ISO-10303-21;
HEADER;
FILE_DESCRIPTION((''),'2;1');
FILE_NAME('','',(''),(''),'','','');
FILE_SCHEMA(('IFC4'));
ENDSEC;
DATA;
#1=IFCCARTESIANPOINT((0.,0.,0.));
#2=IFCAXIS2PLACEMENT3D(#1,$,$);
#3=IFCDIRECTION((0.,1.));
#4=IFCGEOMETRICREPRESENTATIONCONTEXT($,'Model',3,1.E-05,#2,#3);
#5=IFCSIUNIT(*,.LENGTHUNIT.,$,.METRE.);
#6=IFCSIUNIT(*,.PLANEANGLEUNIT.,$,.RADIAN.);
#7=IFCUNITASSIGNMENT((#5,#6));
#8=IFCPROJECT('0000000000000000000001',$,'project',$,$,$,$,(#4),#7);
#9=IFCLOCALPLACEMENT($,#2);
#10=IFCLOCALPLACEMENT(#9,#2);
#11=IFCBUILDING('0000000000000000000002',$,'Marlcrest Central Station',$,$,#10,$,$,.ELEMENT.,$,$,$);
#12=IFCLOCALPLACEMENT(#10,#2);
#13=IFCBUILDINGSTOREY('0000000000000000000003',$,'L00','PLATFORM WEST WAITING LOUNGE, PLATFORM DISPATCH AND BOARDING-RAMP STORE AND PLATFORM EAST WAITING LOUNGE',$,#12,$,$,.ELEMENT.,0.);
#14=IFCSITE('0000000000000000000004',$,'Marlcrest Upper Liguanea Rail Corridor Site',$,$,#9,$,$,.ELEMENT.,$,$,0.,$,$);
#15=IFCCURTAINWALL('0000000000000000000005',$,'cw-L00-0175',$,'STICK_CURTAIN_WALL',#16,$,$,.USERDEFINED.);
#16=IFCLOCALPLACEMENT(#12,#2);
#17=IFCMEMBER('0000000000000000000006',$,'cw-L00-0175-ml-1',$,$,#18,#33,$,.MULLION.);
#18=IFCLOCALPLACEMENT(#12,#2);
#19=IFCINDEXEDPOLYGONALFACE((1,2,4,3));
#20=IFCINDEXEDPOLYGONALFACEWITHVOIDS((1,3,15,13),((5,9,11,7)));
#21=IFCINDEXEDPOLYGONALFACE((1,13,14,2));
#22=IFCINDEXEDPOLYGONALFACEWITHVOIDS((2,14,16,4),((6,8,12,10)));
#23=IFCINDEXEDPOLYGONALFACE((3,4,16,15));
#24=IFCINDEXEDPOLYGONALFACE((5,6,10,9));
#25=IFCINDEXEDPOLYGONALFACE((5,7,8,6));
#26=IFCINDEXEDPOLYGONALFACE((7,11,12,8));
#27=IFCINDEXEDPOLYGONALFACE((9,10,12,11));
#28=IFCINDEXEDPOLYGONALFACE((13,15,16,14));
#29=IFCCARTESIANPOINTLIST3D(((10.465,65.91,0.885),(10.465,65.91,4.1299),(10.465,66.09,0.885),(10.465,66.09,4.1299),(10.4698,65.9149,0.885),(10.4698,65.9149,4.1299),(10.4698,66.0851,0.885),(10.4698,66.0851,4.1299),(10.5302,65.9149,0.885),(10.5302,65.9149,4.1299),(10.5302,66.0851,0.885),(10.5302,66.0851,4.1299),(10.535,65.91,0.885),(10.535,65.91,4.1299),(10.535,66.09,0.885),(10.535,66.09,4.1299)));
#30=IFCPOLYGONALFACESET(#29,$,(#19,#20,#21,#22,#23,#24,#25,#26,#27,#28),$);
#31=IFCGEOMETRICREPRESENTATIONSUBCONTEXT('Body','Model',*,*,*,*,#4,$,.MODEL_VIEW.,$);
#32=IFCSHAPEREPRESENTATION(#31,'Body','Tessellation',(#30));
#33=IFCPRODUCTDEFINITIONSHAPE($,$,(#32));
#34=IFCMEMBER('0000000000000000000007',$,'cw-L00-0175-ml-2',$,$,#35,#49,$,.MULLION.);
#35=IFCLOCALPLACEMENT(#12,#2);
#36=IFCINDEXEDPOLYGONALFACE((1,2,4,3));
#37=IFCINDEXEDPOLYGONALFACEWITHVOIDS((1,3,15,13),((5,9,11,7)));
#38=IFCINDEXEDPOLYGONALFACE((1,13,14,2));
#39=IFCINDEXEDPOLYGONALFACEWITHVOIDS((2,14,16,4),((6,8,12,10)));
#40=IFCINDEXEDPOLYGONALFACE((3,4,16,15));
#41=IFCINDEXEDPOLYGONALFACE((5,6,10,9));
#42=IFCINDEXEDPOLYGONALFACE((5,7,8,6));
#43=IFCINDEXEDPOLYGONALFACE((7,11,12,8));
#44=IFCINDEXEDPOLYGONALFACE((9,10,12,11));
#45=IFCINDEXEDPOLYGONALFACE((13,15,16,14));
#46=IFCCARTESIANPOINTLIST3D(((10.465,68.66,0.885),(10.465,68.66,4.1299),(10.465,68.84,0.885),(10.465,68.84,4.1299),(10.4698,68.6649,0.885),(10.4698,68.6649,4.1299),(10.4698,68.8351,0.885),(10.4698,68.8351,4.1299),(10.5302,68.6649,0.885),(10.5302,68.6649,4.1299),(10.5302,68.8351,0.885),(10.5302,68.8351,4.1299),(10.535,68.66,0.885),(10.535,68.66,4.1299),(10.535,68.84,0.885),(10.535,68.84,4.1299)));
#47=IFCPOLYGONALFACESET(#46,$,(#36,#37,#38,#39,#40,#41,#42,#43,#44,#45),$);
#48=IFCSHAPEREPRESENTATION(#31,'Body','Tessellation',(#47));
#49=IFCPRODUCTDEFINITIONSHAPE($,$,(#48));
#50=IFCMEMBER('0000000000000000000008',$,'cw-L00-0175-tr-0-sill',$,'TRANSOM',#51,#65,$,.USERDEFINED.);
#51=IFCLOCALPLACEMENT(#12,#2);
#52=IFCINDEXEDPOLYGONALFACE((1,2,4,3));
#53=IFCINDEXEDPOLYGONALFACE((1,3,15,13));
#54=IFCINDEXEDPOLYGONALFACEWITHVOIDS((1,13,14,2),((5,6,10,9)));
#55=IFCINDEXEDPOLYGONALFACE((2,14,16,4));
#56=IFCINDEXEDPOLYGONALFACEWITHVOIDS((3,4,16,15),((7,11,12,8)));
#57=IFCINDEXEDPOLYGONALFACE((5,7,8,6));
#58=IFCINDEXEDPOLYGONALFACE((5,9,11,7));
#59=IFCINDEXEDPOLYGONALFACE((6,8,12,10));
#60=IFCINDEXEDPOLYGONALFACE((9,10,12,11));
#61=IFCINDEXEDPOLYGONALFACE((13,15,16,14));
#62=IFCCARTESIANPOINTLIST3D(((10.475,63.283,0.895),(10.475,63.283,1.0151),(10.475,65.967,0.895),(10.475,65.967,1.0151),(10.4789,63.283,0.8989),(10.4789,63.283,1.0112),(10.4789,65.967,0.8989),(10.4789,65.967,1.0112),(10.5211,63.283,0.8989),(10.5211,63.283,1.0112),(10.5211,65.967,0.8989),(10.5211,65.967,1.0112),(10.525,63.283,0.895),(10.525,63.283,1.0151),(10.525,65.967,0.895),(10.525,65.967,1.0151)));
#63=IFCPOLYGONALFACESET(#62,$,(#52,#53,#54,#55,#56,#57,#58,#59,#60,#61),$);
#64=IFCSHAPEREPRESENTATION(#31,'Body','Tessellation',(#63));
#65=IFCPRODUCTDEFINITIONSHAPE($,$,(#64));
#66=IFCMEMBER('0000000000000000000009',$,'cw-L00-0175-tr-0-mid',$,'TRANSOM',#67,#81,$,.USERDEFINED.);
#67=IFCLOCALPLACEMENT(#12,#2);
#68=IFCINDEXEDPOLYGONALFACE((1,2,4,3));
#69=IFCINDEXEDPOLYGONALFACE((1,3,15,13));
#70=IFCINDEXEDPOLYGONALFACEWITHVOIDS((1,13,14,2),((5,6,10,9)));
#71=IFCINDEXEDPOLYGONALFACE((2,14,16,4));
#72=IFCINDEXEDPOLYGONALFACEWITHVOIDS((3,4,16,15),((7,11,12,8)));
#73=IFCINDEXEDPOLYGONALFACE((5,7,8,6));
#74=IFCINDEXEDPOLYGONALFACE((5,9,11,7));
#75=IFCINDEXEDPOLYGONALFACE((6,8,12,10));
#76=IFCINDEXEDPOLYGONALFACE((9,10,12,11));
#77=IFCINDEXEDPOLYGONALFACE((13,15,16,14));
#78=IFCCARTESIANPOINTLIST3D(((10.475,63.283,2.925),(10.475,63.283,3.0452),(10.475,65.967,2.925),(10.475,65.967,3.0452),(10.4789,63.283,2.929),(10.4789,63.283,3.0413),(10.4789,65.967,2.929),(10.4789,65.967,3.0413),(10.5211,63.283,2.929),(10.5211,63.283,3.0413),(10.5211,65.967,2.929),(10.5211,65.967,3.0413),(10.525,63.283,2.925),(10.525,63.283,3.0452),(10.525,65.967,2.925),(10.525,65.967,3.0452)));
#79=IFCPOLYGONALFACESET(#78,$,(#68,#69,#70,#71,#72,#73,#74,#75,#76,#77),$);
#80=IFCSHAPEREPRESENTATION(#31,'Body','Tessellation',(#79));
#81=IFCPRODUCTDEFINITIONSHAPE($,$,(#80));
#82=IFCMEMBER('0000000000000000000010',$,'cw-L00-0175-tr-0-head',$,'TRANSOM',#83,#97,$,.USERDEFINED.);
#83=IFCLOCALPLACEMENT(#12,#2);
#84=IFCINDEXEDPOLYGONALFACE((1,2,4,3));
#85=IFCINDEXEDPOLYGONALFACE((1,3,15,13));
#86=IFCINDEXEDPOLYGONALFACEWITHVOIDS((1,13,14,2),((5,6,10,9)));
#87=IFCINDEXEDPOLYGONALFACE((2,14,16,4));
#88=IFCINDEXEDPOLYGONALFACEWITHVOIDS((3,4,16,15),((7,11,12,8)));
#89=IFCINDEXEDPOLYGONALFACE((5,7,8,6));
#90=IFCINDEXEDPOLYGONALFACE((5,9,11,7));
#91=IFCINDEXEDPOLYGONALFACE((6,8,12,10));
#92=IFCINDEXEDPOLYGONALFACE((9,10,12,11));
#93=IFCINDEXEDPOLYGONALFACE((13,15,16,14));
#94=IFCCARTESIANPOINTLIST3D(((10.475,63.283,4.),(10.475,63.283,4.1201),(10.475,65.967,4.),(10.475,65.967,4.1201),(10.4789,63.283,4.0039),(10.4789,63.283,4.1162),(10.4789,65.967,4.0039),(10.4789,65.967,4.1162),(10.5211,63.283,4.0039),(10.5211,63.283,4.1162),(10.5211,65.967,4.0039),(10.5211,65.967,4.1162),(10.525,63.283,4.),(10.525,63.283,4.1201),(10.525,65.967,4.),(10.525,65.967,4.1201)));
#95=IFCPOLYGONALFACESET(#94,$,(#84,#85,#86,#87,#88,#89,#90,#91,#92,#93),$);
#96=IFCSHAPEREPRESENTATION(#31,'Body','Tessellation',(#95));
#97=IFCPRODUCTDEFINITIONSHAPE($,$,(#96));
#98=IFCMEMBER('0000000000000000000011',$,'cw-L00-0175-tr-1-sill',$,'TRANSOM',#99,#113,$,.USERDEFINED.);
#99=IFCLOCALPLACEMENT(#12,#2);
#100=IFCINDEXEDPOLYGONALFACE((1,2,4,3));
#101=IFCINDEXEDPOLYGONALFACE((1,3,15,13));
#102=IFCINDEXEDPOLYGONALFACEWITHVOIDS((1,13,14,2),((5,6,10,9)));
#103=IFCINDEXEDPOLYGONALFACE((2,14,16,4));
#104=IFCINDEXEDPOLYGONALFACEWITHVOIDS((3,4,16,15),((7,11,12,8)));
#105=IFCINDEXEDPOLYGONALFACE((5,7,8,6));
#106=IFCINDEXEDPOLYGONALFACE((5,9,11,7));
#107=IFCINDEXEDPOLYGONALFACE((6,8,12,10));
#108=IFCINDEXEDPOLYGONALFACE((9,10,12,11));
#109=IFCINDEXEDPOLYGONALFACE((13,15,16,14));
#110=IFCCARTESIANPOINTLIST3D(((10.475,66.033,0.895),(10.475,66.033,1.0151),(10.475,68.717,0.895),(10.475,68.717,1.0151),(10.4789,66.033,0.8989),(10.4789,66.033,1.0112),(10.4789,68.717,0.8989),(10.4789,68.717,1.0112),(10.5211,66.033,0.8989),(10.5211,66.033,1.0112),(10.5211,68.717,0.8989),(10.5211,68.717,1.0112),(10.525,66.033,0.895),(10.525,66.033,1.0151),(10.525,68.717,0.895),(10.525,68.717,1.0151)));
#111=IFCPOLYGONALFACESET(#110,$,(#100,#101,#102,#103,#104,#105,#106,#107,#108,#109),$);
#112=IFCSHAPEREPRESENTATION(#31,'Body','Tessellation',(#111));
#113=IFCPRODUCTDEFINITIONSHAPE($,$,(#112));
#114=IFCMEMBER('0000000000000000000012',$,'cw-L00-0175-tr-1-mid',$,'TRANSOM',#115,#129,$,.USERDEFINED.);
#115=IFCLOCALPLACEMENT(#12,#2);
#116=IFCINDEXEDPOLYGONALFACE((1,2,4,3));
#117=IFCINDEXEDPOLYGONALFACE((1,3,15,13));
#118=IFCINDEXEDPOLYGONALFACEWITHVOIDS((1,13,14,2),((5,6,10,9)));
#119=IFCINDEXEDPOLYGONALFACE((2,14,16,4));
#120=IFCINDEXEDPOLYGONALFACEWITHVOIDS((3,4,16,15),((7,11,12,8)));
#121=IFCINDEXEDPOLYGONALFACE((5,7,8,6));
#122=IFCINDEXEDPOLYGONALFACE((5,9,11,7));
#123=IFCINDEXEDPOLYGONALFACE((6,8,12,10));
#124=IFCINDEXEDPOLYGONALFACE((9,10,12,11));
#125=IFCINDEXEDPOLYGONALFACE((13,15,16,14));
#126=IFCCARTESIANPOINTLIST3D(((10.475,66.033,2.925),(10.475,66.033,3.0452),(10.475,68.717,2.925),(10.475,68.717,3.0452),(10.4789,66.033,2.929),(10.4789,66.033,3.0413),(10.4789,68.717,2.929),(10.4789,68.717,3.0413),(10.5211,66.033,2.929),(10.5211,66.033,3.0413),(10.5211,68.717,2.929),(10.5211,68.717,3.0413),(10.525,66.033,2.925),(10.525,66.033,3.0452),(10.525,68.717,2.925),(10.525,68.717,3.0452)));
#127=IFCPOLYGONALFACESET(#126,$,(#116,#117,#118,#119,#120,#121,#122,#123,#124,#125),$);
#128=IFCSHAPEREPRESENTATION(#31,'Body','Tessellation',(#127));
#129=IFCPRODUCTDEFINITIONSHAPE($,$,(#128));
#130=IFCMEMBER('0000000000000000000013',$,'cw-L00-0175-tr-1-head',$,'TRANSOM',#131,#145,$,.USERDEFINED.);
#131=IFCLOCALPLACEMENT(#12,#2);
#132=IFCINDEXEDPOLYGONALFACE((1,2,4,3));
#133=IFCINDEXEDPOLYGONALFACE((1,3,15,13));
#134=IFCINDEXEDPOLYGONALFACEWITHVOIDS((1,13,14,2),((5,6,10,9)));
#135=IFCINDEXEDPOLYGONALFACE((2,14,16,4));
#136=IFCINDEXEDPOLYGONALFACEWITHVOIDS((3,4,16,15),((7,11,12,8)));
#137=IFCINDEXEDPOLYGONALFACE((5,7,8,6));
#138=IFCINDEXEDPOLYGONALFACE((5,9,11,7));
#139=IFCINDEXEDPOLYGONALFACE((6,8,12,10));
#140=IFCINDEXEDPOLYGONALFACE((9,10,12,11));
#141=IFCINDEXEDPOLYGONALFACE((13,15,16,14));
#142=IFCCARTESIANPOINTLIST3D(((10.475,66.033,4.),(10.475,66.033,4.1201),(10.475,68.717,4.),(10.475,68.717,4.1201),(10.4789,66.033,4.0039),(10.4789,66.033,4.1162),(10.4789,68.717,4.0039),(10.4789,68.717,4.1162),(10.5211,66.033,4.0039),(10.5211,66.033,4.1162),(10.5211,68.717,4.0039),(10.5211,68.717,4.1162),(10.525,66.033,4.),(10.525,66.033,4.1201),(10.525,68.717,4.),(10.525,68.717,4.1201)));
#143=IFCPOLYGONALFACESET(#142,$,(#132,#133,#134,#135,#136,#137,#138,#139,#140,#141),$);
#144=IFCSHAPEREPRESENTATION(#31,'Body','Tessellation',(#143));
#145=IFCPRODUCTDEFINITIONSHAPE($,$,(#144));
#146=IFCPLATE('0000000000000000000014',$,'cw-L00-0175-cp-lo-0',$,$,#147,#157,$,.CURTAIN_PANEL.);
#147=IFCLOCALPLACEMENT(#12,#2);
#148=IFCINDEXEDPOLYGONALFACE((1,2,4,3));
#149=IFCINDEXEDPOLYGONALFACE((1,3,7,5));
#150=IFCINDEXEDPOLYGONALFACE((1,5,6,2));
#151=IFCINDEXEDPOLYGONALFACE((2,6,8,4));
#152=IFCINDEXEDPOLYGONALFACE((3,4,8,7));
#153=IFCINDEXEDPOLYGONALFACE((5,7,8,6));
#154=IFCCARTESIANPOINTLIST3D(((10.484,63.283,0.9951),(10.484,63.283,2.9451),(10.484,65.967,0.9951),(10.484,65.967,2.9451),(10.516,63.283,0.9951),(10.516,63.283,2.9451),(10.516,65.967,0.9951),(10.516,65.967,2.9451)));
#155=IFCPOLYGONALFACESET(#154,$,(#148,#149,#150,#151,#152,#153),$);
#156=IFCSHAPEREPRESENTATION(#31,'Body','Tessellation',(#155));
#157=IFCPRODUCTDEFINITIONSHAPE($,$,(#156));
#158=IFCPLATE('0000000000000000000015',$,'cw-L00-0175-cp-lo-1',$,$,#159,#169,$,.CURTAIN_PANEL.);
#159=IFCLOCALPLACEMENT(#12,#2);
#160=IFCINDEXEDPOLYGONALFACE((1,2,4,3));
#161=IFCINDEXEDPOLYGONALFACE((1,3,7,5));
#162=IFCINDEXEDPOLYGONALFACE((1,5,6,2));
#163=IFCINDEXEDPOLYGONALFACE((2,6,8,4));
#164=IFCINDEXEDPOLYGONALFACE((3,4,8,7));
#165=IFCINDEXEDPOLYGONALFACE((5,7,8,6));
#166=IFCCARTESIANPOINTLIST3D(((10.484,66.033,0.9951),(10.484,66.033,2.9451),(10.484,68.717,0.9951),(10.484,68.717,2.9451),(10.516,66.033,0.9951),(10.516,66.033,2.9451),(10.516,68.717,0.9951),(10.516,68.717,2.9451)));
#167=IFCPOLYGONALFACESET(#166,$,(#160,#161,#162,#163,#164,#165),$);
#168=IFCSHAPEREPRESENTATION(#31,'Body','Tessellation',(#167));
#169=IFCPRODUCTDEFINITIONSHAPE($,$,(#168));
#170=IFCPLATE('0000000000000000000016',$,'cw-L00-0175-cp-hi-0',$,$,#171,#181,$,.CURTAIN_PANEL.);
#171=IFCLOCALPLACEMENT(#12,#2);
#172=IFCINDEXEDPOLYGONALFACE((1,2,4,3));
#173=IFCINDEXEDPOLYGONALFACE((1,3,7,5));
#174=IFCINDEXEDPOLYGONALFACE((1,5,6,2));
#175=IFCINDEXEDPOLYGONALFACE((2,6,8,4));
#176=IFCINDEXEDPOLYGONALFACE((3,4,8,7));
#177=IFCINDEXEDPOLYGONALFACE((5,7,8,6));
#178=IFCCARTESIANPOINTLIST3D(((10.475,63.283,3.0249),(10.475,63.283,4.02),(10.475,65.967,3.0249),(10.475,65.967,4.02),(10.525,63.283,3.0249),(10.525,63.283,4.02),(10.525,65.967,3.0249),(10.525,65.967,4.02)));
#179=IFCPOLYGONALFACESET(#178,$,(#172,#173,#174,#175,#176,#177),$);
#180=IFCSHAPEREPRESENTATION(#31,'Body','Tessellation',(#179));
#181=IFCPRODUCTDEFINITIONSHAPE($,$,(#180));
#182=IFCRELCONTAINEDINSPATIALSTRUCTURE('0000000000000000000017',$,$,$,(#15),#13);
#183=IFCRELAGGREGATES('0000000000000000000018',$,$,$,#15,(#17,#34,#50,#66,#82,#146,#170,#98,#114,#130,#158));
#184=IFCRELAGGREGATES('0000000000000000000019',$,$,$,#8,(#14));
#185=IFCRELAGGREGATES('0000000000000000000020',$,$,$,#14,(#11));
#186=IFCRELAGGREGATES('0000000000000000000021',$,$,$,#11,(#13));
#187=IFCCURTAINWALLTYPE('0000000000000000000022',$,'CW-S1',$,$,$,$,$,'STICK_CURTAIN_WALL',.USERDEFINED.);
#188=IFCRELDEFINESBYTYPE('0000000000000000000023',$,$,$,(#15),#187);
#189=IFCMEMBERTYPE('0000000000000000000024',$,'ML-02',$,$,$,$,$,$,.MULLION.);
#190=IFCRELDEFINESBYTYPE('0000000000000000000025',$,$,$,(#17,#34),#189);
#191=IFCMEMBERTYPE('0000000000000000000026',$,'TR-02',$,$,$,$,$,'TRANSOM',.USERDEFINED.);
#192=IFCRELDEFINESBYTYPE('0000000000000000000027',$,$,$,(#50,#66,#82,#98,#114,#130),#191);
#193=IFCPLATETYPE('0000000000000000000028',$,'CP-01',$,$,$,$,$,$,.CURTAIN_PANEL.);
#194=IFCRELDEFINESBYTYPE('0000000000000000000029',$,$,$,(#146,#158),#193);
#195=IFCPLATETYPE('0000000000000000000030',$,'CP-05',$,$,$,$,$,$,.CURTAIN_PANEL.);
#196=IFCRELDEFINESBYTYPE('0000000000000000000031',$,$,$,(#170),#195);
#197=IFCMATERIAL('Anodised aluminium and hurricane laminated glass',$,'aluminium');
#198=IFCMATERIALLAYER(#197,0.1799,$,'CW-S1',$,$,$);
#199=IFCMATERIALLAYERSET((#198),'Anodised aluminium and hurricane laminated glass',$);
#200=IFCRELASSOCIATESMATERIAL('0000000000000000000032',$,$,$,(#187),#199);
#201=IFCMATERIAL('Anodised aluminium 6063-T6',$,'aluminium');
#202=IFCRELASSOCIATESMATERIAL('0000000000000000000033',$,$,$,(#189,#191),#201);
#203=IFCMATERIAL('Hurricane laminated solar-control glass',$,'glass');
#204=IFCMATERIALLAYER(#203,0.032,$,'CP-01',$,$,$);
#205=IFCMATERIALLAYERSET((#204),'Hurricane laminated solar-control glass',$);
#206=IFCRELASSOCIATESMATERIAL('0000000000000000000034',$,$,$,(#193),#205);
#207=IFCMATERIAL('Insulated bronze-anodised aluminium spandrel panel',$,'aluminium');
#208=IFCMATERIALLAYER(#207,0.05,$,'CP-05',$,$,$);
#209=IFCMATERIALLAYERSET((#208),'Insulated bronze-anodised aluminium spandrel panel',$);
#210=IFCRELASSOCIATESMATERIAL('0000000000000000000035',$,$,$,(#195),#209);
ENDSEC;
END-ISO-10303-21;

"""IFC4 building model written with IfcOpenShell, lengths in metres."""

from ifc_helpers import new_model, si_unit, direction, frame, origin, origin_2d, place, context, subcontext, project, spatial, rectangle, hollow_rectangle, extrude, material, layer, layer_set, material_profile, profile_set, type_object, element, aggregate, save


model = new_model("IFC4")

# Units and contexts
model_context = context("Model", 3, precision=1e-05, world=origin(), true_north=direction((0.0, 1.0)))
body_context = subcontext(model_context, "Body", "Model", "MODEL_VIEW")
ifc_project = project(units=[si_unit("LENGTHUNIT", "METRE"), si_unit("PLANEANGLEUNIT", "RADIAN")], contexts=[model_context])

# Site, building, storey
site_placement = place(None, origin())
site = spatial("IfcSite", under=ifc_project, at=site_placement, Name="Marlcrest Upper Liguanea Rail Corridor Site", CompositionType="ELEMENT", RefElevation=0.0)
building_placement = place(site_placement, origin())
building = spatial("IfcBuilding", under=site, at=building_placement, Name="Marlcrest Central Station", CompositionType="ELEMENT")
storey_placement = place(building_placement, origin())
storey = spatial("IfcBuildingStorey", under=building, at=storey_placement, Name="L00", Description="PLATFORM WEST WAITING LOUNGE, PLATFORM DISPATCH AND BOARDING-RAMP STORE AND PLATFORM EAST WAITING LOUNGE", CompositionType="ELEMENT", Elevation=0.0)

# Curtain wall, members, plates
ifc_material_1 = material(Name="Anodised aluminium and hurricane laminated glass", Category="aluminium")
ifc_layer_1 = layer(ifc_material_1, 0.1799, Name="CW-S1")
ifc_layer_set_1 = layer_set([ifc_layer_1], Name="Anodised aluminium and hurricane laminated glass")
curtain_wall_type = type_object("IfcCurtainWallType", Name="CW-S1", ElementType="STICK_CURTAIN_WALL", PredefinedType="USERDEFINED", material=ifc_layer_set_1)
curtain_wall_placement = place(storey_placement, origin())
curtain_wall = element("IfcCurtainWall", 1, at=curtain_wall_placement, inside=storey, type_object=curtain_wall_type, Name="cw-L00-0175", ObjectType="STICK_CURTAIN_WALL", PredefinedType="USERDEFINED")
ifc_material_2 = material(Name="Anodised aluminium 6063-T6", Category="aluminium")
ifc_material_profile_1 = material_profile(ifc_material_2, hollow_rectangle(XDim=0.0701, YDim=0.1799, WallThickness=0.0049, at=origin_2d()), Name="AA-RHS 180x70x5")
ifc_profile_set_1 = profile_set([ifc_material_profile_1], Name="Anodised aluminium 6063-T6")
member_type_1 = type_object("IfcMemberType", Name="ML-02", PredefinedType="MULLION", material=ifc_profile_set_1)
member_1_placement = place(storey_placement, frame((10.5, 66.0, 0.885), z_axis=(0.0, 0.0, 1.0), x_axis=(1.0, 0.0, 0.0)))
member_1 = element("IfcMember", 2, at=member_1_placement, type_object=member_type_1, Name="cw-L00-0175-ml-1", PredefinedType="MULLION", context=body_context, shape_type="SweptSolid", body=[
    extrude(hollow_rectangle(XDim=0.0701, YDim=0.1799, WallThickness=0.0049, at=origin_2d()), origin(), (0.0, 0.0, 1.0), 3.2449),
])
member_2_placement = place(storey_placement, frame((10.5, 68.75, 0.885), z_axis=(0.0, 0.0, 1.0), x_axis=(1.0, 0.0, 0.0)))
member_2 = element("IfcMember", 3, at=member_2_placement, type_object=member_type_1, Name="cw-L00-0175-ml-2", PredefinedType="MULLION", context=body_context, shape_type="SweptSolid", body=[
    extrude(hollow_rectangle(XDim=0.0701, YDim=0.1799, WallThickness=0.0049, at=origin_2d()), origin(), (0.0, 0.0, 1.0), 3.2449),
])
ifc_material_profile_2 = material_profile(ifc_material_2, hollow_rectangle(XDim=0.05, YDim=0.1201, WallThickness=0.0039, at=origin_2d()), Name="AA-RHS 120x50x4")
ifc_profile_set_2 = profile_set([ifc_material_profile_2], Name="Anodised aluminium 6063-T6")
member_type_2 = type_object("IfcMemberType", Name="TR-02", ElementType="TRANSOM", PredefinedType="USERDEFINED", material=ifc_profile_set_2)
member_3_placement = place(storey_placement, frame((10.5, 63.283, 0.9551), z_axis=(0.0, 1.0, 0.0), x_axis=(-1.0, 0.0, 0.0)))
member_3 = element("IfcMember", 4, at=member_3_placement, type_object=member_type_2, Name="cw-L00-0175-tr-0-sill", ObjectType="TRANSOM", PredefinedType="USERDEFINED", context=body_context, shape_type="SweptSolid", body=[
    extrude(hollow_rectangle(XDim=0.05, YDim=0.1201, WallThickness=0.0039, at=origin_2d()), origin(), (0.0, 0.0, 1.0), 2.6841),
])
member_4_placement = place(storey_placement, frame((10.5, 63.283, 2.9851), z_axis=(0.0, 1.0, 0.0), x_axis=(-1.0, 0.0, 0.0)))
member_4 = element("IfcMember", 5, at=member_4_placement, type_object=member_type_2, Name="cw-L00-0175-tr-0-mid", ObjectType="TRANSOM", PredefinedType="USERDEFINED", context=body_context, shape_type="SweptSolid", body=[
    extrude(hollow_rectangle(XDim=0.05, YDim=0.1201, WallThickness=0.0039, at=origin_2d()), origin(), (0.0, 0.0, 1.0), 2.6841),
])
member_5_placement = place(storey_placement, frame((10.5, 63.283, 4.0601), z_axis=(0.0, 1.0, 0.0), x_axis=(-1.0, 0.0, 0.0)))
member_5 = element("IfcMember", 6, at=member_5_placement, type_object=member_type_2, Name="cw-L00-0175-tr-0-head", ObjectType="TRANSOM", PredefinedType="USERDEFINED", context=body_context, shape_type="SweptSolid", body=[
    extrude(hollow_rectangle(XDim=0.05, YDim=0.1201, WallThickness=0.0039, at=origin_2d()), origin(), (0.0, 0.0, 1.0), 2.6841),
])
member_6_placement = place(storey_placement, frame((10.5, 66.033, 0.9551), z_axis=(0.0, 1.0, 0.0), x_axis=(-1.0, 0.0, 0.0)))
member_6 = element("IfcMember", 7, at=member_6_placement, type_object=member_type_2, Name="cw-L00-0175-tr-1-sill", ObjectType="TRANSOM", PredefinedType="USERDEFINED", context=body_context, shape_type="SweptSolid", body=[
    extrude(hollow_rectangle(XDim=0.05, YDim=0.1201, WallThickness=0.0039, at=origin_2d()), origin(), (0.0, 0.0, 1.0), 2.6841),
])
member_7_placement = place(storey_placement, frame((10.5, 66.033, 2.9851), z_axis=(0.0, 1.0, 0.0), x_axis=(-1.0, 0.0, 0.0)))
member_7 = element("IfcMember", 8, at=member_7_placement, type_object=member_type_2, Name="cw-L00-0175-tr-1-mid", ObjectType="TRANSOM", PredefinedType="USERDEFINED", context=body_context, shape_type="SweptSolid", body=[
    extrude(hollow_rectangle(XDim=0.05, YDim=0.1201, WallThickness=0.0039, at=origin_2d()), origin(), (0.0, 0.0, 1.0), 2.6841),
])
member_8_placement = place(storey_placement, frame((10.5, 66.033, 4.0601), z_axis=(0.0, 1.0, 0.0), x_axis=(-1.0, 0.0, 0.0)))
member_8 = element("IfcMember", 9, at=member_8_placement, type_object=member_type_2, Name="cw-L00-0175-tr-1-head", ObjectType="TRANSOM", PredefinedType="USERDEFINED", context=body_context, shape_type="SweptSolid", body=[
    extrude(hollow_rectangle(XDim=0.05, YDim=0.1201, WallThickness=0.0039, at=origin_2d()), origin(), (0.0, 0.0, 1.0), 2.6841),
])
ifc_material_3 = material(Name="Hurricane laminated solar-control glass", Category="glass")
ifc_layer_2 = layer(ifc_material_3, 0.032, Name="CP-01")
ifc_layer_set_2 = layer_set([ifc_layer_2], Name="Hurricane laminated solar-control glass")
plate_type_1 = type_object("IfcPlateType", Name="CP-01", PredefinedType="CURTAIN_PANEL", material=ifc_layer_set_2)
plate_1_placement = place(storey_placement, frame((10.5, 64.625, 0.9951), z_axis=(0.0, 0.0, 1.0), x_axis=(0.0, 1.0, 0.0)))
plate_1 = element("IfcPlate", 10, at=plate_1_placement, type_object=plate_type_1, Name="cw-L00-0175-cp-lo-0", PredefinedType="CURTAIN_PANEL", context=body_context, shape_type="SweptSolid", body=[
    extrude(rectangle(XDim=2.6841, YDim=0.032, at=origin_2d()), origin(), (0.0, 0.0, 1.0), 1.95),
])
plate_2_placement = place(storey_placement, frame((10.5, 67.375, 0.9951), z_axis=(0.0, 0.0, 1.0), x_axis=(0.0, 1.0, 0.0)))
plate_2 = element("IfcPlate", 11, at=plate_2_placement, type_object=plate_type_1, Name="cw-L00-0175-cp-lo-1", PredefinedType="CURTAIN_PANEL", context=body_context, shape_type="SweptSolid", body=[
    extrude(rectangle(XDim=2.6841, YDim=0.032, at=origin_2d()), origin(), (0.0, 0.0, 1.0), 1.95),
])
ifc_material_4 = material(Name="Insulated bronze-anodised aluminium spandrel panel", Category="aluminium")
ifc_layer_3 = layer(ifc_material_4, 0.05, Name="CP-05")
ifc_layer_set_3 = layer_set([ifc_layer_3], Name="Insulated bronze-anodised aluminium spandrel panel")
plate_type_2 = type_object("IfcPlateType", Name="CP-05", PredefinedType="CURTAIN_PANEL", material=ifc_layer_set_3)
plate_3_placement = place(storey_placement, frame((10.5, 64.625, 3.0249), z_axis=(0.0, 0.0, 1.0), x_axis=(0.0, 1.0, 0.0)))
plate_3 = element("IfcPlate", 12, at=plate_3_placement, type_object=plate_type_2, Name="cw-L00-0175-cp-hi-0", PredefinedType="CURTAIN_PANEL", context=body_context, shape_type="SweptSolid", body=[
    extrude(rectangle(XDim=2.6841, YDim=0.05, at=origin_2d()), origin(), (0.0, 0.0, 1.0), 0.9951),
])
aggregate(curtain_wall, [member_1, member_2, member_3, member_4, member_5, plate_1, plate_3, member_6, member_7, member_8, plate_2])

save(model, "model.ifc")
